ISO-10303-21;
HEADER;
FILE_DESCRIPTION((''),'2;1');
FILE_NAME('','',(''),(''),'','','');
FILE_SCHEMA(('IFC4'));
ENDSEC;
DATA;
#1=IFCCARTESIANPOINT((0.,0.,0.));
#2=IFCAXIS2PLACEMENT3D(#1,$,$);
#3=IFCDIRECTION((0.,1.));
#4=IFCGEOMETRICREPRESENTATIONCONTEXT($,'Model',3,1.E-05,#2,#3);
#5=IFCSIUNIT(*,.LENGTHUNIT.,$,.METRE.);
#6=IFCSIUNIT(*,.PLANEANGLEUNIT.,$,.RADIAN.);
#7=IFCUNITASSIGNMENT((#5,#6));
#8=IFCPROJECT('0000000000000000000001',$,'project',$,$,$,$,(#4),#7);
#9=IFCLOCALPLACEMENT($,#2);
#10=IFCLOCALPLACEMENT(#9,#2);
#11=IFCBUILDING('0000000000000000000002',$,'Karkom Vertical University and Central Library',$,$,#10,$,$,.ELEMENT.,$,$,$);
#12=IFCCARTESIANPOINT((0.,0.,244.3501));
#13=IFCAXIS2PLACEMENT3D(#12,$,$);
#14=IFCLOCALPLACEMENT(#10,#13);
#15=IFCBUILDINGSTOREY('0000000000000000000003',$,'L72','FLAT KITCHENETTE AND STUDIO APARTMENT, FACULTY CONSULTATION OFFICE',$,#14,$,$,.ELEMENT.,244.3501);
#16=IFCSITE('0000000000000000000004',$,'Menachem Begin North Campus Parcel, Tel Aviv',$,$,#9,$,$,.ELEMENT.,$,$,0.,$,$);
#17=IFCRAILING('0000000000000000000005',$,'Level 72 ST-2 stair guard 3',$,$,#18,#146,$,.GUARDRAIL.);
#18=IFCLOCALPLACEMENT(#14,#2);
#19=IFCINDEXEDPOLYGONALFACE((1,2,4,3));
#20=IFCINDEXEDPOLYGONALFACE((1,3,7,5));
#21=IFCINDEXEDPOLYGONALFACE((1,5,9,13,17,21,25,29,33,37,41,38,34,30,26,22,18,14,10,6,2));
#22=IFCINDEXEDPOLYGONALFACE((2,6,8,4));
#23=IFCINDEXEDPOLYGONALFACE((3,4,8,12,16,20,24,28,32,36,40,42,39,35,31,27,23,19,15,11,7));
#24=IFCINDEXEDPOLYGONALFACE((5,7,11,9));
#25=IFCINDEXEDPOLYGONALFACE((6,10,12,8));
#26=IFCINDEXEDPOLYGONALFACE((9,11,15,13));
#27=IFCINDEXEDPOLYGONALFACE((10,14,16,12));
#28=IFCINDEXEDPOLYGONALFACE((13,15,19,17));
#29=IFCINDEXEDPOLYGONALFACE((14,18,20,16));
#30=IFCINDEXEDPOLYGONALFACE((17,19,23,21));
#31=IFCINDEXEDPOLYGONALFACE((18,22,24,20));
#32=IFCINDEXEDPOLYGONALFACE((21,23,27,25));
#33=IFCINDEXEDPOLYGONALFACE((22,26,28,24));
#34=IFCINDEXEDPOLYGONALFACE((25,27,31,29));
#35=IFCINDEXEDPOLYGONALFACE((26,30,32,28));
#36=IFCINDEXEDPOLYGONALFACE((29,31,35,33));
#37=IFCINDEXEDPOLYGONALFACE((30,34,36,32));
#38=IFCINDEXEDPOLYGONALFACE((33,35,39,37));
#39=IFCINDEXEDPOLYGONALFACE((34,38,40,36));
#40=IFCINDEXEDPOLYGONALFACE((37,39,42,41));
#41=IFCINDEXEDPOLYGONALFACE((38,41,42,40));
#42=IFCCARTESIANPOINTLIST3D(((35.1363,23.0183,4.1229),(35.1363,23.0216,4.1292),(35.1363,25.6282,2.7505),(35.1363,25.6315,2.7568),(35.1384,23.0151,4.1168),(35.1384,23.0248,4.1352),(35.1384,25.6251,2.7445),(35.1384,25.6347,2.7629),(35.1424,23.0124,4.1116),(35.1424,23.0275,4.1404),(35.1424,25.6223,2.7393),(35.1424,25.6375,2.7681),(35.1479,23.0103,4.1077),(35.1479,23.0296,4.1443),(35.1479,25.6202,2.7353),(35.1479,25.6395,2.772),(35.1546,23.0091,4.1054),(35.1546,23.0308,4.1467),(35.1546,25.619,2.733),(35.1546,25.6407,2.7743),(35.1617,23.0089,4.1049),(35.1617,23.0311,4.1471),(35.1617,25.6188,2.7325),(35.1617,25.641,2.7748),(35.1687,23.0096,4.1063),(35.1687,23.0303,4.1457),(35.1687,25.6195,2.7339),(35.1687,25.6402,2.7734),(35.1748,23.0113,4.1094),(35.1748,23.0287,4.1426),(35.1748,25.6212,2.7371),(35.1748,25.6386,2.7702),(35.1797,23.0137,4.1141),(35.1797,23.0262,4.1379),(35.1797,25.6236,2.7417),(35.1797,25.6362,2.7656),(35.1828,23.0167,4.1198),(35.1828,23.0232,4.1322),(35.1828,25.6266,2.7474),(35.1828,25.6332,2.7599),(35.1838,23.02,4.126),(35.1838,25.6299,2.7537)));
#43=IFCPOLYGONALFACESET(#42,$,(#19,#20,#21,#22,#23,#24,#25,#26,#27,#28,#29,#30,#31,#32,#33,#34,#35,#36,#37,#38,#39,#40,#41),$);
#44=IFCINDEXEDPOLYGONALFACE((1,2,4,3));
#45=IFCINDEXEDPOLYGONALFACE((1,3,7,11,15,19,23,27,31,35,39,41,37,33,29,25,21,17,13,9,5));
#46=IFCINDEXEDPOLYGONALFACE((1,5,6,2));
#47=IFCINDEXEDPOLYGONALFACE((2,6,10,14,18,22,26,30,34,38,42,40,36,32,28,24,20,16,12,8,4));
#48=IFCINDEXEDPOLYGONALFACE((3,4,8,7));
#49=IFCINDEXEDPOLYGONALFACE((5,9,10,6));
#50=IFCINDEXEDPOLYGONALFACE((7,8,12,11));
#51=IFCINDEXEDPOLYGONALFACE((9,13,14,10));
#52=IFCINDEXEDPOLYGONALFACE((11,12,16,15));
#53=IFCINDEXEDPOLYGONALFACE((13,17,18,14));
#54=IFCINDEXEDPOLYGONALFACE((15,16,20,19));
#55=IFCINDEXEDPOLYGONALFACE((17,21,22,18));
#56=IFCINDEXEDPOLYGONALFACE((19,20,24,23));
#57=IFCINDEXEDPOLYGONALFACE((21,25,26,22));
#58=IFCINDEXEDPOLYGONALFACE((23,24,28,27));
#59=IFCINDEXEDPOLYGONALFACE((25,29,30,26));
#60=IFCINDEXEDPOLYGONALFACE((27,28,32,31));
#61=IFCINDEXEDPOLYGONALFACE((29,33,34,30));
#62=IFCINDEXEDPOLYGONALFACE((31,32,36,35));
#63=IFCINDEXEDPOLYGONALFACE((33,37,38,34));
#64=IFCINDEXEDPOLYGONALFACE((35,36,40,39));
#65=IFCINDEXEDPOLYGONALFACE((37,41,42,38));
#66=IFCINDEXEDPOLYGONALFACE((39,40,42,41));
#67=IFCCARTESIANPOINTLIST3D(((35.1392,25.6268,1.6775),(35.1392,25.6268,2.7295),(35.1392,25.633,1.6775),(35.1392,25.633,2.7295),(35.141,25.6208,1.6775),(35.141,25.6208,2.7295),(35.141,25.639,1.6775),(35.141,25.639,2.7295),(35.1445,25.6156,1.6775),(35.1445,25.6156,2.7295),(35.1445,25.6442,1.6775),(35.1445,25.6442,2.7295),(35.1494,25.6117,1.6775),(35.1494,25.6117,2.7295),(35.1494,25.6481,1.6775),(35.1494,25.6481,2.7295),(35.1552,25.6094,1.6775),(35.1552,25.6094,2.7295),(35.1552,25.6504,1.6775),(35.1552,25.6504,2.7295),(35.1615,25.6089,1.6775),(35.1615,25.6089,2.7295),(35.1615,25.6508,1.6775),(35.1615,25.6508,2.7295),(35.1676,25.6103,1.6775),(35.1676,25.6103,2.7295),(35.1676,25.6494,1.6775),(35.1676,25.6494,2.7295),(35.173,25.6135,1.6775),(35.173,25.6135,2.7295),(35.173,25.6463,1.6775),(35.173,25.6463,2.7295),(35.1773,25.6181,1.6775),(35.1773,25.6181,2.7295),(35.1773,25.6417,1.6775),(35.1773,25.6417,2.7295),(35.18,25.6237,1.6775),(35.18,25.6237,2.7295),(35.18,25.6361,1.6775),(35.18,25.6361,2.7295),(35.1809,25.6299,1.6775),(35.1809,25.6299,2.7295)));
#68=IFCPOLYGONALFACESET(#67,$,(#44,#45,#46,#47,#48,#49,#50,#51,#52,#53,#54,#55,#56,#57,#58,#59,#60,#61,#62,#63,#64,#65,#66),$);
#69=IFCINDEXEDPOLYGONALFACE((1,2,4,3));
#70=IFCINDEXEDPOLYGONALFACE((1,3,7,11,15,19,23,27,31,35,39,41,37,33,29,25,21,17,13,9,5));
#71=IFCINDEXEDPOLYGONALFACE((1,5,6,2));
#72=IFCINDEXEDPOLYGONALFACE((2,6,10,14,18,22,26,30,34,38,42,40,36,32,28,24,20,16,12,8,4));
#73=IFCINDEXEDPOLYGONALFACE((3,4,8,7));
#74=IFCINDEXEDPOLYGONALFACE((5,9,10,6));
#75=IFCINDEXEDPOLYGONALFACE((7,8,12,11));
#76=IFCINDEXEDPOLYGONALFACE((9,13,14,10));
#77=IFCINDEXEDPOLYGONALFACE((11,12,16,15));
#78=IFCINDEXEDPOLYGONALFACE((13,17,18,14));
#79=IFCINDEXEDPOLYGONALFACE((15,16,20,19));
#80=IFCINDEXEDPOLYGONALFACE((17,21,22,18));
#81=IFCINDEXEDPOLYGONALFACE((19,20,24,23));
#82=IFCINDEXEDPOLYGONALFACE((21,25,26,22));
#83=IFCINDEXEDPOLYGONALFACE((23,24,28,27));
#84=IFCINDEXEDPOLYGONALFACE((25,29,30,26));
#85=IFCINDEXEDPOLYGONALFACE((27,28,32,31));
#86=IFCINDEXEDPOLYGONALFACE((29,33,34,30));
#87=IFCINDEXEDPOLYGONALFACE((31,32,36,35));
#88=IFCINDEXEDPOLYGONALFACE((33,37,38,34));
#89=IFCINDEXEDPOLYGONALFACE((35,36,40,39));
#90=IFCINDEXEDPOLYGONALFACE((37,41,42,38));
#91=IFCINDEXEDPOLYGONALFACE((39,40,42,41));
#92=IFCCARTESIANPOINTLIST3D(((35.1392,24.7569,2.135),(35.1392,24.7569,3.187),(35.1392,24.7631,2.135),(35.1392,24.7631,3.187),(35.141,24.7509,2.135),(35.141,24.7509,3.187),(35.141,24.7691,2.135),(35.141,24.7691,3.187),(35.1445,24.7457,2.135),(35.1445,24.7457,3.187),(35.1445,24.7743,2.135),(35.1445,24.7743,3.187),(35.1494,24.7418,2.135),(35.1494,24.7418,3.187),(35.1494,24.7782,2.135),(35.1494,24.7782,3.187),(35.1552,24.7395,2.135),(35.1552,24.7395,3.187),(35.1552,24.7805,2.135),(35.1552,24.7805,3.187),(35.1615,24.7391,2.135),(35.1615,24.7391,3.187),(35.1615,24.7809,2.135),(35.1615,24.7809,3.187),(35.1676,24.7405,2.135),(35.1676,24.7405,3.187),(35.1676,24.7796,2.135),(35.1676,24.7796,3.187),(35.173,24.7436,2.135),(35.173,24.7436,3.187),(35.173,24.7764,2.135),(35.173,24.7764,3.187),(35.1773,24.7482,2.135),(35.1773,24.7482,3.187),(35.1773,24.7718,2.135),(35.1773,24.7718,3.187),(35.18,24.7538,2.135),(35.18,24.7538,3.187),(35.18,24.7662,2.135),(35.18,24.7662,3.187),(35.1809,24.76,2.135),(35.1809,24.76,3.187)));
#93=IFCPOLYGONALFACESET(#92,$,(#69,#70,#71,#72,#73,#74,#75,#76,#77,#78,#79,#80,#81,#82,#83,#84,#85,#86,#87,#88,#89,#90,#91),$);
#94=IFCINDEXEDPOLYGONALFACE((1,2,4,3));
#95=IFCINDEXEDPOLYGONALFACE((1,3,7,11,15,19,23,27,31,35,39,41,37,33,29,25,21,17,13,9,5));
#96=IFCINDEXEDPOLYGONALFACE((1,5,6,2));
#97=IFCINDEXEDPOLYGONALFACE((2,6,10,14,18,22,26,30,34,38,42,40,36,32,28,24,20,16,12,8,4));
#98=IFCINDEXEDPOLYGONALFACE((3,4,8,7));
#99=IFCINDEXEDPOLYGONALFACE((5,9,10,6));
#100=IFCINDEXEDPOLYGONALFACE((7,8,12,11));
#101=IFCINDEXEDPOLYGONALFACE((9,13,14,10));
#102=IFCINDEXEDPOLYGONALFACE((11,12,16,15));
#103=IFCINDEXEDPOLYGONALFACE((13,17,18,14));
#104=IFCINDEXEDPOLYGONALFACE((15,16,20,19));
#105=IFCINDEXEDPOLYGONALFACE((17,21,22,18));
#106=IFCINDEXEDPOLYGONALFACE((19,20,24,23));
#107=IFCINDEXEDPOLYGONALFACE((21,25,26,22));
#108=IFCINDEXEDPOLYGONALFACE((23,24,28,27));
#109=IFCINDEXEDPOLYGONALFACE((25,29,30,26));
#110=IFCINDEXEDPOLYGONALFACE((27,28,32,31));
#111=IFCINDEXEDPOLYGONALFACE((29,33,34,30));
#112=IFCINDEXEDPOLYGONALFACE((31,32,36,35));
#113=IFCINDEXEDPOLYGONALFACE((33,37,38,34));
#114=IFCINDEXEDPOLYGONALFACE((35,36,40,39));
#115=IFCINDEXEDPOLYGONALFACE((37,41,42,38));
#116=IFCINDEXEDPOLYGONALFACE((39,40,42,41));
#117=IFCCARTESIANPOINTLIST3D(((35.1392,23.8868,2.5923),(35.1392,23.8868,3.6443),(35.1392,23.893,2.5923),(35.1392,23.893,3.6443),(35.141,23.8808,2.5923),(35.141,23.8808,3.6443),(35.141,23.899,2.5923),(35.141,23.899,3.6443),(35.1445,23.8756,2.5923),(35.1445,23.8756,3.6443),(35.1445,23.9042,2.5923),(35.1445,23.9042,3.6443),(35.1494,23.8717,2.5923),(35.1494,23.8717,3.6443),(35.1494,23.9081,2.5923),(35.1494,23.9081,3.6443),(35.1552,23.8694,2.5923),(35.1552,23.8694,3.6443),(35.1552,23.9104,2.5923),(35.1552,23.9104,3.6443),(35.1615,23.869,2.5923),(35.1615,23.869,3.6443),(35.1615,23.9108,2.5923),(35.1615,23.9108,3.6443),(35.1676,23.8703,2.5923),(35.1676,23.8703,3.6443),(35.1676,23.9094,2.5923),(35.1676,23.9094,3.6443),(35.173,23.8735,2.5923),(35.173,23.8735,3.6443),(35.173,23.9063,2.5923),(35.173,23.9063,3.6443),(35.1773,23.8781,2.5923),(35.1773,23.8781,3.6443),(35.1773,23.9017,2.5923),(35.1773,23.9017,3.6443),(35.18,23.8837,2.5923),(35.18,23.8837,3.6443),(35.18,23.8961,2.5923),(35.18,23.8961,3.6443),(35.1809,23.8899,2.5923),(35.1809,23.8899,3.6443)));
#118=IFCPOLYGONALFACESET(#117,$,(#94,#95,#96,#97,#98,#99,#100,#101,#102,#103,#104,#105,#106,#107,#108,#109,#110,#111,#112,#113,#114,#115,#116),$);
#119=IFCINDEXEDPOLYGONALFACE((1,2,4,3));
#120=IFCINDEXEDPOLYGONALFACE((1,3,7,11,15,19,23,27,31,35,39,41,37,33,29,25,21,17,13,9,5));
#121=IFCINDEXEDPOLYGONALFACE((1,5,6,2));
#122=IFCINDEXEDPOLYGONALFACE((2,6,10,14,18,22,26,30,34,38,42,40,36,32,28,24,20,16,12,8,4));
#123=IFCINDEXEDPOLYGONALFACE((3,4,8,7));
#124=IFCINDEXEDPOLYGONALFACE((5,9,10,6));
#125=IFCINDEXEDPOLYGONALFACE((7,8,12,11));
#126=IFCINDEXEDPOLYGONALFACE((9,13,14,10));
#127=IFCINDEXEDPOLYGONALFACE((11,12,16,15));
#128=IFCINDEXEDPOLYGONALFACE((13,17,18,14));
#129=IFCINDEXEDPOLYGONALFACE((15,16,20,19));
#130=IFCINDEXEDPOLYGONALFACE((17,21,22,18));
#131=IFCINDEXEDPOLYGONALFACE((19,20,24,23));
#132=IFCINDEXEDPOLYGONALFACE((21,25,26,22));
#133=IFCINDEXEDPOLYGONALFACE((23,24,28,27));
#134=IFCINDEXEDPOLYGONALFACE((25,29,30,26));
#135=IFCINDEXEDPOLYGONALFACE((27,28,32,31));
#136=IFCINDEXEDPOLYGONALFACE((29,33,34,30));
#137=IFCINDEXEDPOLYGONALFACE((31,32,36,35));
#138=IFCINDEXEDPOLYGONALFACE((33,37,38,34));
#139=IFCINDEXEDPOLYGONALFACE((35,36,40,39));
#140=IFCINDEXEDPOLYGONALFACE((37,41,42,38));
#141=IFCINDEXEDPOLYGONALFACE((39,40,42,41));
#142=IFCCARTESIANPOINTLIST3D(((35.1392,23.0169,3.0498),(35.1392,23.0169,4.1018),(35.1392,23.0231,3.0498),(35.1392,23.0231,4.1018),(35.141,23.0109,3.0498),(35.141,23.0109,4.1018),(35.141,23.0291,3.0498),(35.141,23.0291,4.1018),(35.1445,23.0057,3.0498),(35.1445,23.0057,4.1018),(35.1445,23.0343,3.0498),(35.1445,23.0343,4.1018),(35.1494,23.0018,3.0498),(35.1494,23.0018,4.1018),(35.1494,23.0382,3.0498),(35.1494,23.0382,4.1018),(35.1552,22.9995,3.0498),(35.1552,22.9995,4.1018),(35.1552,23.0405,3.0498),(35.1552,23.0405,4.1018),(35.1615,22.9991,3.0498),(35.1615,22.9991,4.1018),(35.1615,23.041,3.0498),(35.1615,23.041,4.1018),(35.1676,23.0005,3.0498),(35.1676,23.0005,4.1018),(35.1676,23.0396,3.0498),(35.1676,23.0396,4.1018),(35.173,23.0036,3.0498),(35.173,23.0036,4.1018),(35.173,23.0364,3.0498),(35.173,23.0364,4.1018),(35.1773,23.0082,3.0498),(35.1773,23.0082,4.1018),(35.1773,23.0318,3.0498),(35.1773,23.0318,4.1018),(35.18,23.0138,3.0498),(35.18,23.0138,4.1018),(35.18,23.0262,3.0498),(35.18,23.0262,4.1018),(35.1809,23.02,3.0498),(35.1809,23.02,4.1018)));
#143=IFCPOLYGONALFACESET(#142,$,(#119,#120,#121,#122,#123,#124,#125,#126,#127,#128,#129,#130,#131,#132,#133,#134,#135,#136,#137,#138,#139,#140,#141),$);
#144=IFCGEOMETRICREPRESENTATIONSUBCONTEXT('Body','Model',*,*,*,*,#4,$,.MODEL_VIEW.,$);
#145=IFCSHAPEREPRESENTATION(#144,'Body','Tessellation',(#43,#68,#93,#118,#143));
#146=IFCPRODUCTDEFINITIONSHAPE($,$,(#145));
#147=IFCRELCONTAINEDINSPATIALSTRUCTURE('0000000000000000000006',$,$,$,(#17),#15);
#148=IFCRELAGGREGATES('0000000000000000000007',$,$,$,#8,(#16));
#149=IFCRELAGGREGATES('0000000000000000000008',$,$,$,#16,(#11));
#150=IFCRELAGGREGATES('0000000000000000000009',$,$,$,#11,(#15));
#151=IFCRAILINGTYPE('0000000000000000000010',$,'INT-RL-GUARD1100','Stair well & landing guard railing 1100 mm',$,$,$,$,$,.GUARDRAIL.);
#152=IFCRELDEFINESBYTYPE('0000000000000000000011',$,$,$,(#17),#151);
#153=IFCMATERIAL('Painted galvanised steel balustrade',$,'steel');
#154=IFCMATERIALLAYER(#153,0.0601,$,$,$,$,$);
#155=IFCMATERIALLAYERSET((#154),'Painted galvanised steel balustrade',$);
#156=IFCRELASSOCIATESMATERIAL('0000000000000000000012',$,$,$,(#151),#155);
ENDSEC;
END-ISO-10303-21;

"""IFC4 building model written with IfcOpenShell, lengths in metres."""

from ifc_helpers import new_model, si_unit, direction, frame, origin, origin_2d, place, context, subcontext, project, spatial, circle, extrude, material, layer, layer_set, type_object, element, save


model = new_model("IFC4")

# Units and contexts
model_context = context("Model", 3, precision=1e-05, world=origin(), true_north=direction((0.0, 1.0)))
body_context = subcontext(model_context, "Body", "Model", "MODEL_VIEW")
ifc_project = project(units=[si_unit("LENGTHUNIT", "METRE"), si_unit("PLANEANGLEUNIT", "RADIAN")], contexts=[model_context])

# Site, building, storey
site_placement = place(None, origin())
site = spatial("IfcSite", under=ifc_project, at=site_placement, Name="Menachem Begin North Campus Parcel, Tel Aviv", CompositionType="ELEMENT", RefElevation=0.0)
building_placement = place(site_placement, origin())
building = spatial("IfcBuilding", under=site, at=building_placement, Name="Karkom Vertical University and Central Library", CompositionType="ELEMENT")
storey_placement = place(building_placement, frame((0.0, 0.0, 244.3501)))
storey = spatial("IfcBuildingStorey", under=building, at=storey_placement, Name="L72", Description="FLAT KITCHENETTE AND STUDIO APARTMENT, FACULTY CONSULTATION OFFICE", CompositionType="ELEMENT", Elevation=244.3501)

# Railing
ifc_material_1 = material(Name="Painted galvanised steel balustrade", Category="steel")
ifc_layer_1 = layer(ifc_material_1, 0.0601)
ifc_layer_set_1 = layer_set([ifc_layer_1], Name="Painted galvanised steel balustrade")
railing_type_1 = type_object("IfcRailingType", Name="INT-RL-GUARD1100", Description="Stair well & landing guard railing 1100 mm", PredefinedType="GUARDRAIL", material=ifc_layer_set_1)
railing_1_placement = place(storey_placement, frame((35.1599, 25.6299, 1.6775)))
element("IfcRailing", 1, at=railing_1_placement, inside=storey, type_object=railing_type_1, Name="Level 72 ST-2 stair guard 3", PredefinedType="GUARDRAIL", context=body_context, shape_type="SweptSolid", body=[
    extrude(circle(Radius=0.0239, at=origin_2d()), frame((0.0, 0.0, 1.0762), z_axis=(0.0, -0.8851, 0.465402), x_axis=(1.0, 0.0, 0.0)), (0.0, 0.0, 1.0), 2.9487),
    extrude(circle(Radius=0.021, at=origin_2d()), origin(), (0.0, 0.0, 1.0), 1.052),
    extrude(circle(Radius=0.021, at=origin_2d()), frame((0.0, -0.8699, 0.4575)), (0.0, 0.0, 1.0), 1.052),
    extrude(circle(Radius=0.021, at=origin_2d()), frame((0.0, -1.74, 0.9148)), (0.0, 0.0, 1.0), 1.052),
    extrude(circle(Radius=0.021, at=origin_2d()), frame((0.0, -2.6099, 1.3723)), (0.0, 0.0, 1.0), 1.052),
])

save(model, "model.ifc")
